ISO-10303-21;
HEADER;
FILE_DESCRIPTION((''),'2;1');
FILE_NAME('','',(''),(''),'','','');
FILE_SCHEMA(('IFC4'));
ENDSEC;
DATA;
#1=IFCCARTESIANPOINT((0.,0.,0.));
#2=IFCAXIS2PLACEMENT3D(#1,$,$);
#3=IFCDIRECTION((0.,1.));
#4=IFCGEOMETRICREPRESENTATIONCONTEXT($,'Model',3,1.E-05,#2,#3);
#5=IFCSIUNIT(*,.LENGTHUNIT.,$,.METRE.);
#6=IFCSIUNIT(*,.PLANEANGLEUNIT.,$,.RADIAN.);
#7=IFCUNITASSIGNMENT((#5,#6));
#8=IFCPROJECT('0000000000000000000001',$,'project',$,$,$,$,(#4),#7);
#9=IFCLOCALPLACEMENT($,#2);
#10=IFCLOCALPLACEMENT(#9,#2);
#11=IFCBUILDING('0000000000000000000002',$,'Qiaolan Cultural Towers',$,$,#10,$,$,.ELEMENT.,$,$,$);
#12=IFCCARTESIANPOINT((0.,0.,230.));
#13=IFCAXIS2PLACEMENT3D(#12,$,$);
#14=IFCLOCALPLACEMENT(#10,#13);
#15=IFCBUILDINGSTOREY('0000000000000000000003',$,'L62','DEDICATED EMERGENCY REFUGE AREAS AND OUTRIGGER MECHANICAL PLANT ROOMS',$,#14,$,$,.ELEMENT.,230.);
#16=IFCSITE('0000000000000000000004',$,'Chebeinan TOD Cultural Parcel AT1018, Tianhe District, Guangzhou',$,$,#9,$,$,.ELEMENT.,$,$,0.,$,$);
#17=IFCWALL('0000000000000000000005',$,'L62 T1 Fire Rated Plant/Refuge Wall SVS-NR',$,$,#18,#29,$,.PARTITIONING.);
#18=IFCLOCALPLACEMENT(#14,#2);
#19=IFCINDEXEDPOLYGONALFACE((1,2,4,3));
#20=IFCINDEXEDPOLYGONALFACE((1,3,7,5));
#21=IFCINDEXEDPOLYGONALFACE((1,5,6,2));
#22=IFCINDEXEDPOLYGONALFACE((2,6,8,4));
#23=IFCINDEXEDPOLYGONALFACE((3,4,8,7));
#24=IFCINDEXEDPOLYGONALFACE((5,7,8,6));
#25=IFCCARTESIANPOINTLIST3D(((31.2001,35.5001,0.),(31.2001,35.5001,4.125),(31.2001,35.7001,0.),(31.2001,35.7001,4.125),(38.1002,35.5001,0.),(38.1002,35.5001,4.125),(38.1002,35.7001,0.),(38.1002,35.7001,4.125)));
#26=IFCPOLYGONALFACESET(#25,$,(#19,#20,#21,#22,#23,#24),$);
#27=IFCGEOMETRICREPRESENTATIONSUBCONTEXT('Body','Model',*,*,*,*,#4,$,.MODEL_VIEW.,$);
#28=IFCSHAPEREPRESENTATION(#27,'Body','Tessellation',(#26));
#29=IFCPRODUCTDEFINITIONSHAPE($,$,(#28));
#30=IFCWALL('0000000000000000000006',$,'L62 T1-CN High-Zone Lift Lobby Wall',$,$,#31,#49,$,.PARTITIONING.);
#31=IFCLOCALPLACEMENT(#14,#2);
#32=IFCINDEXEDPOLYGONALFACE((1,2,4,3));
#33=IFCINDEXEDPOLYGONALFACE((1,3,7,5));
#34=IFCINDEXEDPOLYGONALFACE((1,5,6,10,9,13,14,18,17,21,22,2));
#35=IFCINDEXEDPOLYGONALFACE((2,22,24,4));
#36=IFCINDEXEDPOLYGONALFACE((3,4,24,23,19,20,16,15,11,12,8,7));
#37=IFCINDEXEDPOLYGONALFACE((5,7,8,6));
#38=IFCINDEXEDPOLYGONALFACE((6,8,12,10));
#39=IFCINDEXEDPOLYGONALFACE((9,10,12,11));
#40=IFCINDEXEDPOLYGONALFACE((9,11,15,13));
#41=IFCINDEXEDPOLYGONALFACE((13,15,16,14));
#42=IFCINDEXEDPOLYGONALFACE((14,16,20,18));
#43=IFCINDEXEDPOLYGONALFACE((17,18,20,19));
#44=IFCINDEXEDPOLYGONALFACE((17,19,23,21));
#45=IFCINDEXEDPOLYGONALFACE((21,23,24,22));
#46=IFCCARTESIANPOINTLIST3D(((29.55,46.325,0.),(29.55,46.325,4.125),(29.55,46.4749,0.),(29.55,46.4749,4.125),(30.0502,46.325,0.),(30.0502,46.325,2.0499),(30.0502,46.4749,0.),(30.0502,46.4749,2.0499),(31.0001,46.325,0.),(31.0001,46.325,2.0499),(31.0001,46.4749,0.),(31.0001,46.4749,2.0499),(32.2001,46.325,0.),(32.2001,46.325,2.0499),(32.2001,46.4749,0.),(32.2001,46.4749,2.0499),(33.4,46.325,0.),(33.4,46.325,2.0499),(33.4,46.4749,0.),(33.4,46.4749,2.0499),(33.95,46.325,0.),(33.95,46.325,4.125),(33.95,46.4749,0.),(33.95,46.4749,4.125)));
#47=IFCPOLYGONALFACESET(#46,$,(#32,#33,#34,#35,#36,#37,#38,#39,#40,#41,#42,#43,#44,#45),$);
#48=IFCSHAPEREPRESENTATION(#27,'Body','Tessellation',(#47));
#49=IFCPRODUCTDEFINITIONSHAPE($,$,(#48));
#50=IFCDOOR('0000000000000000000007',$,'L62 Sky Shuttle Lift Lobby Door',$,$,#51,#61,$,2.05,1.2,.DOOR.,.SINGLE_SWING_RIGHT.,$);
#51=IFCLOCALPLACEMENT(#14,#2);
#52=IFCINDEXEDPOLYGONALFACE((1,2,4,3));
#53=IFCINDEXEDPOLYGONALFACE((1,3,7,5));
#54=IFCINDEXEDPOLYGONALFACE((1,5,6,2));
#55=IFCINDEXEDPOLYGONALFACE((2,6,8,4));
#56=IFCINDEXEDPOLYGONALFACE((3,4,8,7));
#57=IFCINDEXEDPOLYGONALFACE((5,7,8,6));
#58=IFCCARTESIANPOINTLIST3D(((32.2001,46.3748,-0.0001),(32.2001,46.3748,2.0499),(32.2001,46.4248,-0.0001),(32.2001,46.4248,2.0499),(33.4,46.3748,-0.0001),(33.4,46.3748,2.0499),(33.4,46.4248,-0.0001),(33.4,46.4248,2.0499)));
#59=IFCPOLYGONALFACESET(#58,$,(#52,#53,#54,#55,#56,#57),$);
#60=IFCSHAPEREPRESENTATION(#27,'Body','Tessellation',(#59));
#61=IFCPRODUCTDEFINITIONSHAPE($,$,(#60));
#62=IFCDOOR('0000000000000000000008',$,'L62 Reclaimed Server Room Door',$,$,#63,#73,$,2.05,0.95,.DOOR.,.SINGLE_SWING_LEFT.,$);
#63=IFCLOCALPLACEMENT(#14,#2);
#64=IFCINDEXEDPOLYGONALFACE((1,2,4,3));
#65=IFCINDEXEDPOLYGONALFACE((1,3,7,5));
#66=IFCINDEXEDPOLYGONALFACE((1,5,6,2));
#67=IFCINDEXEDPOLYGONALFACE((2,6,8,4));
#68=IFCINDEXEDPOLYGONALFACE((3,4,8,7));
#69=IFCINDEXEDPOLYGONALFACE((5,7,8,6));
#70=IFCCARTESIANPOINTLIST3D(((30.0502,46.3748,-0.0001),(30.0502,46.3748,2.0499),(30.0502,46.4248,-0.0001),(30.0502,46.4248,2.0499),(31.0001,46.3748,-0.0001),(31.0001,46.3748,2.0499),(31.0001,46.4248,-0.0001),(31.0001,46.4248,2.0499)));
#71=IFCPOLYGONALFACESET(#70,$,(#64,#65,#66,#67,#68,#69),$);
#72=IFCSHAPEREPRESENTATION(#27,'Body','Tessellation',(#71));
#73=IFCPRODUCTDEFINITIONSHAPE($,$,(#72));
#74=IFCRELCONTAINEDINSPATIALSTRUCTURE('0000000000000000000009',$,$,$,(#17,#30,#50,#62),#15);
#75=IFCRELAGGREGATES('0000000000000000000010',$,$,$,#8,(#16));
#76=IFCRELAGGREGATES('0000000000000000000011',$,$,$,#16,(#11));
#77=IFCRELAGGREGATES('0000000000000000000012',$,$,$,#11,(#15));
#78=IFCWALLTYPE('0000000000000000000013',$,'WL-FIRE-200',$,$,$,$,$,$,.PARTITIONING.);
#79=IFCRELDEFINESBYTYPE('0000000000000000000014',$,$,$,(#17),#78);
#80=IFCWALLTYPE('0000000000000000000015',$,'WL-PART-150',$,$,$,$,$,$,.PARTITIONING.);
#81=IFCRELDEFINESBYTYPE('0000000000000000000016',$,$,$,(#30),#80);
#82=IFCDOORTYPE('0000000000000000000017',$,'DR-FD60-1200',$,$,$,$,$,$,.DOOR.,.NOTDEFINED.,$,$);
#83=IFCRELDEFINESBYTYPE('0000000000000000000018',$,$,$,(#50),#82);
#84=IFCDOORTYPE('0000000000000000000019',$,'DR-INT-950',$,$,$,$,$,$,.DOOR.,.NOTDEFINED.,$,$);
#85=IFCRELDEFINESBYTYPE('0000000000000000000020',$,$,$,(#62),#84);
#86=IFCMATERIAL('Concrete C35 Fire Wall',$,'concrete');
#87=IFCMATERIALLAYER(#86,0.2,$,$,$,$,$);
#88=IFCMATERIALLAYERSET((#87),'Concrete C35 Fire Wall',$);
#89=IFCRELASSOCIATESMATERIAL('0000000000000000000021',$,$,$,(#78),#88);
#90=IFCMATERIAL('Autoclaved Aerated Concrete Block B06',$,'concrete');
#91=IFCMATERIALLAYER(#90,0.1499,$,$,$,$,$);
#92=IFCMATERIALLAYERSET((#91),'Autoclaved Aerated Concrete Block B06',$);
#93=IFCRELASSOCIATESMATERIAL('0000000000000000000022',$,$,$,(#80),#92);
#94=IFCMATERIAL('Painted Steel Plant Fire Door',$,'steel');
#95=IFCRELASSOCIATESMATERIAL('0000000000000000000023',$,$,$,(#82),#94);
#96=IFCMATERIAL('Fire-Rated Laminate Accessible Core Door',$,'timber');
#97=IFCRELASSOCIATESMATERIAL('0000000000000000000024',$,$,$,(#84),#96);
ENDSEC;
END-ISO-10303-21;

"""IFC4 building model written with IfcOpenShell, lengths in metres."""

from ifc_helpers import new_model, si_unit, direction, frame, frame_2d, origin, place, context, subcontext, project, spatial, rectangle, extrude, material, layer, layer_set, type_object, element, fill, save


model = new_model("IFC4")

# Units and contexts
model_context = context("Model", 3, precision=1e-05, world=origin(), true_north=direction((0.0, 1.0)))
body_context = subcontext(model_context, "Body", "Model", "MODEL_VIEW")
ifc_project = project(units=[si_unit("LENGTHUNIT", "METRE"), si_unit("PLANEANGLEUNIT", "RADIAN")], contexts=[model_context])

# Site, building, storey
site_placement = place(None, origin())
site = spatial("IfcSite", under=ifc_project, at=site_placement, Name="Chebeinan TOD Cultural Parcel AT1018, Tianhe District, Guangzhou", CompositionType="ELEMENT", RefElevation=0.0)
building_placement = place(site_placement, origin())
building = spatial("IfcBuilding", under=site, at=building_placement, Name="Qiaolan Cultural Towers", CompositionType="ELEMENT")
storey_placement = place(building_placement, frame((0.0, 0.0, 230.0)))
storey = spatial("IfcBuildingStorey", under=building, at=storey_placement, Name="L62", Description="DEDICATED EMERGENCY REFUGE AREAS AND OUTRIGGER MECHANICAL PLANT ROOMS", CompositionType="ELEMENT", Elevation=230.0)

# Shared definitions
ifc_material_1 = material(Name="Concrete C35 Fire Wall", Category="concrete")
ifc_layer_1 = layer(ifc_material_1, 0.2)
ifc_layer_set_1 = layer_set([ifc_layer_1], Name="Concrete C35 Fire Wall")
wall_type_1 = type_object("IfcWallType", Name="WL-FIRE-200", PredefinedType="PARTITIONING", material=ifc_layer_set_1)

# Wall
for number, where, z_axis, x_axis, name in (
    (1, (31.2, 35.6001, 0.0), (0.0, 0.0, 1.0), (1.0, 0.0, 0.0), "L62 T1 Fire Rated Plant/Refuge Wall SVS-NR"),
):
    element("IfcWall", number, at=place(storey_placement, frame(where, z_axis=z_axis, x_axis=x_axis)), inside=storey, type_object=wall_type_1, Name=name, PredefinedType="PARTITIONING", context=body_context, shape_type="SweptSolid", body=[
        extrude(rectangle(XDim=6.9001, YDim=0.2, at=frame_2d((3.4502, 0.0))), origin(), (0.0, 0.0, 1.0), 4.125),
    ])

# Wall, openings, doors
ifc_material_2 = material(Name="Autoclaved Aerated Concrete Block B06", Category="concrete")
ifc_layer_2 = layer(ifc_material_2, 0.1499)
ifc_layer_set_2 = layer_set([ifc_layer_2], Name="Autoclaved Aerated Concrete Block B06")
wall_type_2 = type_object("IfcWallType", Name="WL-PART-150", PredefinedType="PARTITIONING", material=ifc_layer_set_2)
wall_1_placement = place(storey_placement, frame((29.55, 46.3999, 0.0), z_axis=(0.0, 0.0, 1.0), x_axis=(1.0, 0.0, 0.0)))
wall_1 = element("IfcWall", 2, at=wall_1_placement, inside=storey, type_object=wall_type_2, Name="L62 T1-CN High-Zone Lift Lobby Wall", PredefinedType="PARTITIONING", context=body_context, shape_type="SweptSolid", body=[
    extrude(rectangle(XDim=4.3999, YDim=0.1499, at=frame_2d((2.2, 0.0))), origin(), (0.0, 0.0, 1.0), 4.125),
])
opening_1_placement = place(wall_1_placement, frame((0.5, 0.0, 0.0)))
opening_1 = element("IfcOpeningElement", 3, at=opening_1_placement, cuts=wall_1, PredefinedType="OPENING", context=body_context, shape_type="SweptSolid", body=[
    extrude(rectangle(XDim=0.95, YDim=2.05, at=frame_2d((0.4751, 1.0249))), frame((0.0, 0.085, 0.0), z_axis=(0.0, -1.0, 0.0), x_axis=(1.0, 0.0, 0.0)), (0.0, 0.0, 1.0), 0.1699),
])
opening_2_placement = place(wall_1_placement, frame((2.6499, 0.0, 0.0)))
opening_2 = element("IfcOpeningElement", 4, at=opening_2_placement, cuts=wall_1, PredefinedType="OPENING", context=body_context, shape_type="SweptSolid", body=[
    extrude(rectangle(XDim=1.2, YDim=2.05, at=frame_2d((0.6001, 1.0249))), frame((0.0, 0.085, 0.0), z_axis=(0.0, -1.0, 0.0), x_axis=(1.0, 0.0, 0.0)), (0.0, 0.0, 1.0), 0.1699),
])
ifc_material_3 = material(Name="Painted Steel Plant Fire Door", Category="steel")
door_type_1 = type_object("IfcDoorType", Name="DR-FD60-1200", OperationType="NOTDEFINED", PredefinedType="DOOR", material=ifc_material_3)
door_1_placement = place(opening_2_placement, origin())
door_1 = element("IfcDoor", 5, at=door_1_placement, inside=storey, type_object=door_type_1, Name="L62 Sky Shuttle Lift Lobby Door", OperationType="SINGLE_SWING_RIGHT", OverallHeight=2.05, OverallWidth=1.2, PredefinedType="DOOR", context=body_context, shape_type="SweptSolid", body=[
    extrude(rectangle(XDim=1.2, YDim=2.05, at=frame_2d((0.6001, 1.0249))), frame((0.0, 0.0249, 0.0), z_axis=(0.0, -1.0, 0.0), x_axis=(1.0, 0.0, 0.0)), (0.0, 0.0, 1.0), 0.05),
])
fill(opening_2, door_1)
ifc_material_4 = material(Name="Fire-Rated Laminate Accessible Core Door", Category="timber")
door_type_2 = type_object("IfcDoorType", Name="DR-INT-950", OperationType="NOTDEFINED", PredefinedType="DOOR", material=ifc_material_4)
door_2_placement = place(opening_1_placement, origin())
door_2 = element("IfcDoor", 6, at=door_2_placement, inside=storey, type_object=door_type_2, Name="L62 Reclaimed Server Room Door", OperationType="SINGLE_SWING_LEFT", OverallHeight=2.05, OverallWidth=0.95, PredefinedType="DOOR", context=body_context, shape_type="SweptSolid", body=[
    extrude(rectangle(XDim=0.95, YDim=2.05, at=frame_2d((0.4751, 1.0249))), frame((0.0, 0.0249, 0.0), z_axis=(0.0, -1.0, 0.0), x_axis=(1.0, 0.0, 0.0)), (0.0, 0.0, 1.0), 0.05),
])
fill(opening_1, door_2)

save(model, "model.ifc")
